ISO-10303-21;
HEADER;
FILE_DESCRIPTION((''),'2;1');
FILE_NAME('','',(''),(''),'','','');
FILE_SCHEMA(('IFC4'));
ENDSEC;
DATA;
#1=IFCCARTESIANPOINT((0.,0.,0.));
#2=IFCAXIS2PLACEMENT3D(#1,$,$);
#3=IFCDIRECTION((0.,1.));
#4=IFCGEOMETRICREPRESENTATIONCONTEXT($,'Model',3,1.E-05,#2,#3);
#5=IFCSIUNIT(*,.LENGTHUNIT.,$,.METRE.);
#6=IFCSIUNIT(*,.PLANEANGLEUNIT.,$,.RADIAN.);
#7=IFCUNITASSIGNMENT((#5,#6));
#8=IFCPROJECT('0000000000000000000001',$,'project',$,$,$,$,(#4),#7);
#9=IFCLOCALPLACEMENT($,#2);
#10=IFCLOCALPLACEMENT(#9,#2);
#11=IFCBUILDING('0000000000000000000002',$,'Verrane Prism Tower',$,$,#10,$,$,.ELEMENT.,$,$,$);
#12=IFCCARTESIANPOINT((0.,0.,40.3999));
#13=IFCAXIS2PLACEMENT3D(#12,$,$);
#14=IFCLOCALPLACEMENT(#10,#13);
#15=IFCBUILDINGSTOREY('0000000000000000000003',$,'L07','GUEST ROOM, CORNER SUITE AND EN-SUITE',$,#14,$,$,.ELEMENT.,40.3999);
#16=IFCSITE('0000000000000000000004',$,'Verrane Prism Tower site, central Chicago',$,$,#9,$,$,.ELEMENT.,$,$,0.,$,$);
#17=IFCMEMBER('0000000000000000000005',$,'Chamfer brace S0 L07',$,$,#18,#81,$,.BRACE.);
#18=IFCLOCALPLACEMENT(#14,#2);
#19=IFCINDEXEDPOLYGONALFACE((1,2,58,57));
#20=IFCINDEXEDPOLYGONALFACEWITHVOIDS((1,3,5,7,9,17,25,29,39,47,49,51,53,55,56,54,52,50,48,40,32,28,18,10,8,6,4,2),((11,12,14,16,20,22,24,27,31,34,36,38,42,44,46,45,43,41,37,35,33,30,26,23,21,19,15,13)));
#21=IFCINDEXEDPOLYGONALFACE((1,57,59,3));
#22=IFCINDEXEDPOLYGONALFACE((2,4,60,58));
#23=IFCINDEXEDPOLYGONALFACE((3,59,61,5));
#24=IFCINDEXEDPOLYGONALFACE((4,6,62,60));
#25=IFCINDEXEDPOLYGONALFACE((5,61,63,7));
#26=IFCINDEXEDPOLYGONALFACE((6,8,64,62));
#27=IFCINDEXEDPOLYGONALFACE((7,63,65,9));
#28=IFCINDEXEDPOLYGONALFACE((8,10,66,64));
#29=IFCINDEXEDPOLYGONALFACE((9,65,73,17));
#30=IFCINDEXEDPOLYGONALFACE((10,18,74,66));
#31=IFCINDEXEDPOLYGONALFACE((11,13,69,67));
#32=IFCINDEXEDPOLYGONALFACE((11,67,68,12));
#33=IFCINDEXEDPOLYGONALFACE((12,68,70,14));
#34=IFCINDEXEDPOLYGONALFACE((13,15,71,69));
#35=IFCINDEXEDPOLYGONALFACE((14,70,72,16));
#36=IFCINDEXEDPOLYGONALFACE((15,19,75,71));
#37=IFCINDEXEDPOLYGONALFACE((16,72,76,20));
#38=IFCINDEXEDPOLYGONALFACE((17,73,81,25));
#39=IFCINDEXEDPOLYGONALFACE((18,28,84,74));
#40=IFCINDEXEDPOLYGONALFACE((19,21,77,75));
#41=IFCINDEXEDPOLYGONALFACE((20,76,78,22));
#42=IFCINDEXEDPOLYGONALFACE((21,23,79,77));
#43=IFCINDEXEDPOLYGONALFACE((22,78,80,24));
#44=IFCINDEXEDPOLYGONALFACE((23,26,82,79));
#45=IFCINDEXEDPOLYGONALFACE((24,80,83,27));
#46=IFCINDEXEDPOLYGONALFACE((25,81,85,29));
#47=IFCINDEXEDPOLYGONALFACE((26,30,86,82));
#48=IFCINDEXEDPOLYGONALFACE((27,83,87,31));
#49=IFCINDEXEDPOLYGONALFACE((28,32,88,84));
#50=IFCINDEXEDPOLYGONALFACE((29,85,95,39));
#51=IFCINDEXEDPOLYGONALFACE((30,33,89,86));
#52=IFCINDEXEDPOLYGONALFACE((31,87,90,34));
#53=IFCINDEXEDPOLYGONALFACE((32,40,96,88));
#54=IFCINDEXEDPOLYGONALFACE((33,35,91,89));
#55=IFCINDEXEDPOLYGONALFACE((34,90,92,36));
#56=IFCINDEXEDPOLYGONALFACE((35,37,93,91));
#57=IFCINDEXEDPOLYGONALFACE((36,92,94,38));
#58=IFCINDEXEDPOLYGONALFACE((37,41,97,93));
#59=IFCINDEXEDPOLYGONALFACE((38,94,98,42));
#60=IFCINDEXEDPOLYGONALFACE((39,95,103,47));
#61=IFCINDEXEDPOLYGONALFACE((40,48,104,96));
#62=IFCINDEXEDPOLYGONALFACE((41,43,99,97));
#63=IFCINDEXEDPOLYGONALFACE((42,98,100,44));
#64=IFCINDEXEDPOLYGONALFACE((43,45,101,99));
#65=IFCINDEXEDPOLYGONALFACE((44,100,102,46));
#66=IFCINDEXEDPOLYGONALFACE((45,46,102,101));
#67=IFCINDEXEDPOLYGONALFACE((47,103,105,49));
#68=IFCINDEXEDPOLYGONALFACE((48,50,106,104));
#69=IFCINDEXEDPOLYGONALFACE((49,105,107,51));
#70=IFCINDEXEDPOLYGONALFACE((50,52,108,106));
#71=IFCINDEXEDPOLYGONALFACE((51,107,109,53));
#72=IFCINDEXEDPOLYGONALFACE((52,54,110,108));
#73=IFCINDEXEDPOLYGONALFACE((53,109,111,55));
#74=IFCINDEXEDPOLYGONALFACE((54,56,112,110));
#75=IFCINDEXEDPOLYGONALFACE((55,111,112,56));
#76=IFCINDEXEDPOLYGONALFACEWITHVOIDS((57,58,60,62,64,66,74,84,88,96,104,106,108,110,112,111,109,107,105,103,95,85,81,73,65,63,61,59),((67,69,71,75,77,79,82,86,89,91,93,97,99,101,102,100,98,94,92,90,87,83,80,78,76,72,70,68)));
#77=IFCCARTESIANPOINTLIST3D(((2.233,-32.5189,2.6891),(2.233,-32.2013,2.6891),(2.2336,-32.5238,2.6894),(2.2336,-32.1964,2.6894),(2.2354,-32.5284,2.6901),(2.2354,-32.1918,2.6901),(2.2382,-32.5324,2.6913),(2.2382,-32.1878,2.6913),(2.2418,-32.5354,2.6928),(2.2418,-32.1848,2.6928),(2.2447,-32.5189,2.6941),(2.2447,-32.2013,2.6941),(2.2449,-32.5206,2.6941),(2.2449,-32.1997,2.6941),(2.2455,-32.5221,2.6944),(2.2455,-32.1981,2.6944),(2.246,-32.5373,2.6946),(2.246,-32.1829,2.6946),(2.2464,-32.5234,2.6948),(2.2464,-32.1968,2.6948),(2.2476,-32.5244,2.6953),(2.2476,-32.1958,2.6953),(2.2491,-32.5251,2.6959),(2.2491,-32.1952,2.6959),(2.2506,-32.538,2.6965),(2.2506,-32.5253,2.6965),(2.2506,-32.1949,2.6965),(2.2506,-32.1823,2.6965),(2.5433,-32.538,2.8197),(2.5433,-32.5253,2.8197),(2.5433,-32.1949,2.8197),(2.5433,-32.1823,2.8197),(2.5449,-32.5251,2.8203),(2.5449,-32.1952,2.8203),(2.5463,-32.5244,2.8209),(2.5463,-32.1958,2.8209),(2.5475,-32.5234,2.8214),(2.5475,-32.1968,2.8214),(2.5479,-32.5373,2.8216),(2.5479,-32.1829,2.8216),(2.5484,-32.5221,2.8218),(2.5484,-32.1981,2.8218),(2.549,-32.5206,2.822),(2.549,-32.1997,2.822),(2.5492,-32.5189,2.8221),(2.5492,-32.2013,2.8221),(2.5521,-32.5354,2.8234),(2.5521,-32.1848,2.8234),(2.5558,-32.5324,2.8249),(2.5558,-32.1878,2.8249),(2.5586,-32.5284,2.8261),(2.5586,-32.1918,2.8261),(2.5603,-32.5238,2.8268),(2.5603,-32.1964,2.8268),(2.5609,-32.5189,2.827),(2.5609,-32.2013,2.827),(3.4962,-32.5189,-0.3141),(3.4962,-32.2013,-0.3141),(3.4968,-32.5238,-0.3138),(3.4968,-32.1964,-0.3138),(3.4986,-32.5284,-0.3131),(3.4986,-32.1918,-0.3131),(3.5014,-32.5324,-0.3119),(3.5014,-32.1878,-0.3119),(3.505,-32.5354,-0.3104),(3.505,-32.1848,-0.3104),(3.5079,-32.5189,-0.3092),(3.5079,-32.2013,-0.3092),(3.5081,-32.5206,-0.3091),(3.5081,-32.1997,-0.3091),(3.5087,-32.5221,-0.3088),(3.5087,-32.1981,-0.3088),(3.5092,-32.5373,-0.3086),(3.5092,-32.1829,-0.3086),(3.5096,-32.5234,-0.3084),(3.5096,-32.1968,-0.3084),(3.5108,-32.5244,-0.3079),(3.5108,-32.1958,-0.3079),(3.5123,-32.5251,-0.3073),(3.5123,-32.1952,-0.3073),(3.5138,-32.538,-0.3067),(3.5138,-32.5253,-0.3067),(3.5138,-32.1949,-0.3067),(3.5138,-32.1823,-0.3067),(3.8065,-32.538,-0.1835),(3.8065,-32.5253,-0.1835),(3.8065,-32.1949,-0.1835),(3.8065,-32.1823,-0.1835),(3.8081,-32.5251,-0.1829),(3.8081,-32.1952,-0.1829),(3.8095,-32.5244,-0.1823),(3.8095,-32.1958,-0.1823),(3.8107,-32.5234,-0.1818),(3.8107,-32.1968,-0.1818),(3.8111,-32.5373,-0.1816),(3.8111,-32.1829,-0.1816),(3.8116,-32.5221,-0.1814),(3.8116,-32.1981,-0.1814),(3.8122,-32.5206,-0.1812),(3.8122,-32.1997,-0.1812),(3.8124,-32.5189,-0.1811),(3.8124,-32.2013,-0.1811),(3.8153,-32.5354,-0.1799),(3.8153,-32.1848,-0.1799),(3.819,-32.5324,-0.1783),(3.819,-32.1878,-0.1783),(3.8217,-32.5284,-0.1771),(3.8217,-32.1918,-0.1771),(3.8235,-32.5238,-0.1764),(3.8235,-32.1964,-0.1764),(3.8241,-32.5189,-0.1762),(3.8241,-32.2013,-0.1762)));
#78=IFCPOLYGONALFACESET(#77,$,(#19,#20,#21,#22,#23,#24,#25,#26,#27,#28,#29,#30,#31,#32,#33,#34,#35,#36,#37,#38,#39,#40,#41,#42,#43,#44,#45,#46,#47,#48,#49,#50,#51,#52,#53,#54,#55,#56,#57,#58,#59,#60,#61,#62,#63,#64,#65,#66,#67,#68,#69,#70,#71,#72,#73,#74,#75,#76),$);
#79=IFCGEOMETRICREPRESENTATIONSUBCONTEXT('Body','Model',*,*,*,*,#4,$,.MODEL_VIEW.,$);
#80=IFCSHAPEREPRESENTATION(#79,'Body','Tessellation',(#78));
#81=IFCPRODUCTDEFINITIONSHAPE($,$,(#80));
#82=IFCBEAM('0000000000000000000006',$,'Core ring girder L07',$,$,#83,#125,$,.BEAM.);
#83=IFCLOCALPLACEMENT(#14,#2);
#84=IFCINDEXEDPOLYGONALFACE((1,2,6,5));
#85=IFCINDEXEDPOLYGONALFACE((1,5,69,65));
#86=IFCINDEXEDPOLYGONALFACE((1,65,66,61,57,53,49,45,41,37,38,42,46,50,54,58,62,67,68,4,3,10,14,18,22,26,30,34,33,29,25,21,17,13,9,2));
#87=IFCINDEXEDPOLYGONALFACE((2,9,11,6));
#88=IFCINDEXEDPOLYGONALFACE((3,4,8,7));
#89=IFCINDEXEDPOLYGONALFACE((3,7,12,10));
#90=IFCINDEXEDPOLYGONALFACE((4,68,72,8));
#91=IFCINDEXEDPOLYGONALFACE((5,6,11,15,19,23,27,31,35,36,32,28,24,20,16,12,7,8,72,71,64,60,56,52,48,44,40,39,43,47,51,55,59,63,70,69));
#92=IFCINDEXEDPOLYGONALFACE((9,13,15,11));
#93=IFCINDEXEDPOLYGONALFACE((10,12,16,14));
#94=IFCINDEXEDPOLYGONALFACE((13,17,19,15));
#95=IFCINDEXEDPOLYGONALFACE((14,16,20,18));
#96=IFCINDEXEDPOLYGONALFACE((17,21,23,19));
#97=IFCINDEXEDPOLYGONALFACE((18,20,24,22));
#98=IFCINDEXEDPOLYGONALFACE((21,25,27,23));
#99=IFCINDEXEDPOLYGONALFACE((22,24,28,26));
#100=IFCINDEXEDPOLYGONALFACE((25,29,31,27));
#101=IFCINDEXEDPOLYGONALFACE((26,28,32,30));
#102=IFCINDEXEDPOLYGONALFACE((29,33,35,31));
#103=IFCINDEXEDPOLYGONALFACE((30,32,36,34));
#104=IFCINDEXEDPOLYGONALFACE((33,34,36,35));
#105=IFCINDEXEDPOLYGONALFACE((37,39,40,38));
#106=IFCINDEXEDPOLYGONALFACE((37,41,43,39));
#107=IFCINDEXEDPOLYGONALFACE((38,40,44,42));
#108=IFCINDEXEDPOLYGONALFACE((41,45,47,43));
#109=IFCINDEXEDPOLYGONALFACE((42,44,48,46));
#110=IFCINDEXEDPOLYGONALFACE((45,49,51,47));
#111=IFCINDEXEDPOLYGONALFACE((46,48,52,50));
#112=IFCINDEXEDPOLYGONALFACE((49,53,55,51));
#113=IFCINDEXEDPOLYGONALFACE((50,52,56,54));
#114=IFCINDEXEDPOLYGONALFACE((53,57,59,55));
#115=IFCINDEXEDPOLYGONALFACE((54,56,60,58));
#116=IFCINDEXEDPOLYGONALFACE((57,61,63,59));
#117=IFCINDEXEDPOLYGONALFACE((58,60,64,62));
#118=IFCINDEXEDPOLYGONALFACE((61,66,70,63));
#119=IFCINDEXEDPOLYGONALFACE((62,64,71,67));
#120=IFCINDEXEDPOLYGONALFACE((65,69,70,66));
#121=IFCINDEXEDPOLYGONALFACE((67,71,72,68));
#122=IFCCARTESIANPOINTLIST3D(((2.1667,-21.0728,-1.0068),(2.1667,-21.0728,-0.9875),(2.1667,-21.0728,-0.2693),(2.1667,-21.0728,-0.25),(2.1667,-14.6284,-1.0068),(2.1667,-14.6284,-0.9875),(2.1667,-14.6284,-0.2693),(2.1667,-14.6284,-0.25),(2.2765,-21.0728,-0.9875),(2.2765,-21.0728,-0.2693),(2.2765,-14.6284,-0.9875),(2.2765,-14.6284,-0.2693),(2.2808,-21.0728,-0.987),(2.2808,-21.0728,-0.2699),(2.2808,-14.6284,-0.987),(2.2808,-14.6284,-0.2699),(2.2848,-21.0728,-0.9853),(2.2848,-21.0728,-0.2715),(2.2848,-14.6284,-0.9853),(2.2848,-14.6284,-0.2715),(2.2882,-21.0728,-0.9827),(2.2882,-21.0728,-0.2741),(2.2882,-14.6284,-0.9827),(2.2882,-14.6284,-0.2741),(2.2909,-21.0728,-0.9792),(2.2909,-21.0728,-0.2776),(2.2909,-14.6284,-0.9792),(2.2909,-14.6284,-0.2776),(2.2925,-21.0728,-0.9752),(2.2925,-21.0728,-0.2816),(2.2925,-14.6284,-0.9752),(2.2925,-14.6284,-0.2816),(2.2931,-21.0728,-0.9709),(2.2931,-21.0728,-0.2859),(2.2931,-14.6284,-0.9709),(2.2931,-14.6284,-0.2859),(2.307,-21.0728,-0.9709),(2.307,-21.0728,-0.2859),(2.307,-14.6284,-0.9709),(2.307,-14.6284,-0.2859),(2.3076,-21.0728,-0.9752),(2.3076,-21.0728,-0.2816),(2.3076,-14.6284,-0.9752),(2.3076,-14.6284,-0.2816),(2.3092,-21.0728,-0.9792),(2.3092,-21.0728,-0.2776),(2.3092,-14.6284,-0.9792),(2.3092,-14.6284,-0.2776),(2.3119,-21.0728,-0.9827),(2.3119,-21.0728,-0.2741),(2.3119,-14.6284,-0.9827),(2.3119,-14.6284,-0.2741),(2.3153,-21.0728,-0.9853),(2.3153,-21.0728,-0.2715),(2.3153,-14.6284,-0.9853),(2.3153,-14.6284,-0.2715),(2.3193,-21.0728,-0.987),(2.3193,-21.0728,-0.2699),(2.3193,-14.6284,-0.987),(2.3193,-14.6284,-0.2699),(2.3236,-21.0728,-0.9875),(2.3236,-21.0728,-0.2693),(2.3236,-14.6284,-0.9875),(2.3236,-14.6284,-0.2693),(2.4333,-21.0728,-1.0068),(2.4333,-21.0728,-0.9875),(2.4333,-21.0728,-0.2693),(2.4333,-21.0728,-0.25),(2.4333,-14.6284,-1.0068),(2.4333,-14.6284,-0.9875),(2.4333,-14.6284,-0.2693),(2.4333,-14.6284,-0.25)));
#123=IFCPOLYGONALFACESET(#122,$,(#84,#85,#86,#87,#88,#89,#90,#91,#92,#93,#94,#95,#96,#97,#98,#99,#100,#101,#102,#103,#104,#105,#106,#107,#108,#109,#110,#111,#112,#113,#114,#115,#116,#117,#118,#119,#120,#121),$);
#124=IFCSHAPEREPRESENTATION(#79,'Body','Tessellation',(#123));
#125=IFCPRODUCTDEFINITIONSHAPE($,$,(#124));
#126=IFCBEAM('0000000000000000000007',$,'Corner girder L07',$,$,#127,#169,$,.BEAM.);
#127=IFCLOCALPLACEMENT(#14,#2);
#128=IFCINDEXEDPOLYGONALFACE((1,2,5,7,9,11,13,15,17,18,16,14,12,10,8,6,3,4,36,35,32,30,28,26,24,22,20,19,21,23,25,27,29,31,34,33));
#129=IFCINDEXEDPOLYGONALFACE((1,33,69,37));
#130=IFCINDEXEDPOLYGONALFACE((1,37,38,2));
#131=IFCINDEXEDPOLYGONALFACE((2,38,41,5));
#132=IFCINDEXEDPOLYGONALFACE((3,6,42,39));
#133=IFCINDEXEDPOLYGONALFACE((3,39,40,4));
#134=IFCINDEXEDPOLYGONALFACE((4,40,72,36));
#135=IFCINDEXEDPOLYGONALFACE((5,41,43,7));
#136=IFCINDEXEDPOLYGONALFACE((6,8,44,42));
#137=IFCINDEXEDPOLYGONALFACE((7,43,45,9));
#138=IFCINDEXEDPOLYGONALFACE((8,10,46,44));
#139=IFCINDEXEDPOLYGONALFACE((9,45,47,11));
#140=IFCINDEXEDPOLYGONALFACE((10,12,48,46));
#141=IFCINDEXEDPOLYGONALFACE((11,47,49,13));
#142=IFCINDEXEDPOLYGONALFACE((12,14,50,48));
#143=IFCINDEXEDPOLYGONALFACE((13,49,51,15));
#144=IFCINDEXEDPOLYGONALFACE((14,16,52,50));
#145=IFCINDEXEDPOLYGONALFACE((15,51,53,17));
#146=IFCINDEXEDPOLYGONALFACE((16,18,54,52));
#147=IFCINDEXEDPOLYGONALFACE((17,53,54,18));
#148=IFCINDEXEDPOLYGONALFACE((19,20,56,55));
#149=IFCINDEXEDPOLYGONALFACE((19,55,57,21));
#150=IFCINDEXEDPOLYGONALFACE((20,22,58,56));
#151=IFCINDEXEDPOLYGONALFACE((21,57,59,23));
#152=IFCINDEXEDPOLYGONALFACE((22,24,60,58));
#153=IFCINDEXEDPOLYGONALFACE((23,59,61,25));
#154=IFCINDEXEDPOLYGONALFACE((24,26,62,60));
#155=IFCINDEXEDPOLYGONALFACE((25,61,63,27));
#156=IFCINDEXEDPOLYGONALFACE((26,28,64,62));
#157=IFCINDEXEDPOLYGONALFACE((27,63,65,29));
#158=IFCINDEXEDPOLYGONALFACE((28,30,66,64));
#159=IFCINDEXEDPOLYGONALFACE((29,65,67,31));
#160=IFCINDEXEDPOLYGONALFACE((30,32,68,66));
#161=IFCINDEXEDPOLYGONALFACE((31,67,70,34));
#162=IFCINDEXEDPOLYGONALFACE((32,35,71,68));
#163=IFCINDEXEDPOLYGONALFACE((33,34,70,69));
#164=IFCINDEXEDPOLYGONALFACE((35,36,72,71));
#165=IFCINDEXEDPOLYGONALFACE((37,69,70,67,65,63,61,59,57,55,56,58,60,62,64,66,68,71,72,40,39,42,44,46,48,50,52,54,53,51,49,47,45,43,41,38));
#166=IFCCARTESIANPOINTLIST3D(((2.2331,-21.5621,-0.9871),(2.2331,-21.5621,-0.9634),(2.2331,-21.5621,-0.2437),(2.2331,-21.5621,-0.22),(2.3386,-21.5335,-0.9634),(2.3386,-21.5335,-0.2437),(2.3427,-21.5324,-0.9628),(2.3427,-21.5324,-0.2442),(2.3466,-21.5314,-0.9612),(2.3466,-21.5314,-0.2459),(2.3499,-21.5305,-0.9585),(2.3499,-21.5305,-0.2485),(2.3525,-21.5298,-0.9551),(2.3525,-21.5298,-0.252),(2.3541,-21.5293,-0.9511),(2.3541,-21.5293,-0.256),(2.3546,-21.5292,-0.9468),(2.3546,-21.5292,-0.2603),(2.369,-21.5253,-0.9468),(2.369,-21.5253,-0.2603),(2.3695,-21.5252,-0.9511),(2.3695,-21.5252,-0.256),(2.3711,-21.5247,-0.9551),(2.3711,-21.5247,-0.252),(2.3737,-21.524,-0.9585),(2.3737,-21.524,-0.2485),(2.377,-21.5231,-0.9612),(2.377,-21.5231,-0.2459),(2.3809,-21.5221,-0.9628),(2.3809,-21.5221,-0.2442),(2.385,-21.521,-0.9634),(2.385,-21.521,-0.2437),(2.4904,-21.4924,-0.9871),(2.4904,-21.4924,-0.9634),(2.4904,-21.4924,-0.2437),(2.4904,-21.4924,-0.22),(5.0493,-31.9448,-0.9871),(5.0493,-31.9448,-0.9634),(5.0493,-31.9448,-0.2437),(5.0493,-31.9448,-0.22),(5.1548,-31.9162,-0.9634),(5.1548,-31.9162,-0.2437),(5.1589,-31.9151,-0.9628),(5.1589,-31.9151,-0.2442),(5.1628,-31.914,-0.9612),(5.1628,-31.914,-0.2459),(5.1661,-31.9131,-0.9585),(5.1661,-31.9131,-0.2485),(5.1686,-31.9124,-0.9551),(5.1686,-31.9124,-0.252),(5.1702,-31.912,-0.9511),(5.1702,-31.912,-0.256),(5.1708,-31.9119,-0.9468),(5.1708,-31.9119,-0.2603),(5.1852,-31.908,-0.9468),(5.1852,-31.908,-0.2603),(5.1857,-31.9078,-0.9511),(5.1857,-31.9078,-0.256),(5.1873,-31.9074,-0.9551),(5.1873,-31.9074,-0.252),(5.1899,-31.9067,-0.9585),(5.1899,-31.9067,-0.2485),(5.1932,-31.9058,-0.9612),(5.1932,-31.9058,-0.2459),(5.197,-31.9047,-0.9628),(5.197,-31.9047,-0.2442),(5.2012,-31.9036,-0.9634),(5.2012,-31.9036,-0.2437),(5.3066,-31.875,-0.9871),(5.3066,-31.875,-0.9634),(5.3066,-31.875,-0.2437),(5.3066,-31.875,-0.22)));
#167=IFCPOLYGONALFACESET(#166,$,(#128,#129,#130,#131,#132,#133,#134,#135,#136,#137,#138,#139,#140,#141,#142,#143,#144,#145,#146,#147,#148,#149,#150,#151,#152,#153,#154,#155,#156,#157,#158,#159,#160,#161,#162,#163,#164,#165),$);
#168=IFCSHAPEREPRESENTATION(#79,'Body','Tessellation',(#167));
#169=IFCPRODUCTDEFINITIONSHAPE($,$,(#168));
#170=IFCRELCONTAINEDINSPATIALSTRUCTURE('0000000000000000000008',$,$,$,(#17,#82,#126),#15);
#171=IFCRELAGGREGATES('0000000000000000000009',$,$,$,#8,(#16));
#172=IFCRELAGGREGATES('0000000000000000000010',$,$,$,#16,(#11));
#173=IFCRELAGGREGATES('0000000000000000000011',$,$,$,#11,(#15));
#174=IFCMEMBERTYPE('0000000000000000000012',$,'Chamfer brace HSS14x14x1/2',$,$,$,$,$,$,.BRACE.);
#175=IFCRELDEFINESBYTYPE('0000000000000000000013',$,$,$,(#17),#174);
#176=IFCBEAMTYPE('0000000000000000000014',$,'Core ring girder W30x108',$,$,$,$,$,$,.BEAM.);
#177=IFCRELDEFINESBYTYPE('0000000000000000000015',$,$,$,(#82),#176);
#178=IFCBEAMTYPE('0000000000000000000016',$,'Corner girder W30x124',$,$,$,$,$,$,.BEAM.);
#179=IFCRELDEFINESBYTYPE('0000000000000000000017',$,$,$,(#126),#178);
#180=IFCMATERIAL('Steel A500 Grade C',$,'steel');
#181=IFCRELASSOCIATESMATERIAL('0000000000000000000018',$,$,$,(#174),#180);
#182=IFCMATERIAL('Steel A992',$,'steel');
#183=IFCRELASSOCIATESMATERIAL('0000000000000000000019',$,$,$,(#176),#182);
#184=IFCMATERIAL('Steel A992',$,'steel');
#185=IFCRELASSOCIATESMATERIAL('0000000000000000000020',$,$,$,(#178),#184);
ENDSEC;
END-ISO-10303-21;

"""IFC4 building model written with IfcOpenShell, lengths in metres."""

from ifc_helpers import new_model, si_unit, direction, frame, origin, origin_2d, place, context, subcontext, project, spatial, hollow_rectangle, i_section, extrude, material, material_profile, profile_set, type_object, element, save


model = new_model("IFC4")

# Units and contexts
model_context = context("Model", 3, precision=1e-05, world=origin(), true_north=direction((0.0, 1.0)))
body_context = subcontext(model_context, "Body", "Model", "MODEL_VIEW")
ifc_project = project(units=[si_unit("LENGTHUNIT", "METRE"), si_unit("PLANEANGLEUNIT", "RADIAN")], contexts=[model_context])

# Site, building, storey
site_placement = place(None, origin())
site = spatial("IfcSite", under=ifc_project, at=site_placement, Name="Verrane Prism Tower site, central Chicago", CompositionType="ELEMENT", RefElevation=0.0)
building_placement = place(site_placement, origin())
building = spatial("IfcBuilding", under=site, at=building_placement, Name="Verrane Prism Tower", CompositionType="ELEMENT")
storey_placement = place(building_placement, frame((0.0, 0.0, 40.3999)))
storey = spatial("IfcBuildingStorey", under=building, at=storey_placement, Name="L07", Description="GUEST ROOM, CORNER SUITE AND EN-SUITE", CompositionType="ELEMENT", Elevation=40.3999)

# Member
ifc_material_1 = material(Name="Steel A500 Grade C", Category="steel")
ifc_material_profile_1 = material_profile(ifc_material_1, hollow_rectangle(XDim=0.3557, YDim=0.3557, WallThickness=0.0127, InnerFilletRadius=0.0063, OuterFilletRadius=0.019, at=origin_2d()), Name="HSS14x14x1/2")
ifc_profile_set_1 = profile_set([ifc_material_profile_1], Name="Steel A500 Grade C")
member_type_1 = type_object("IfcMemberType", Name="Chamfer brace HSS14x14x1/2", PredefinedType="BRACE", material=ifc_profile_set_1)
member_1_placement = place(storey_placement, frame((3.6602, -32.3601, -0.2451), z_axis=(-0.387715, 0.0, 0.921779), x_axis=(0.0, -1.0, 0.0)))
element("IfcMember", 1, at=member_1_placement, inside=storey, type_object=member_type_1, Name="Chamfer brace S0 L07", PredefinedType="BRACE", context=body_context, shape_type="SweptSolid", body=[
    extrude(hollow_rectangle(XDim=0.3557, YDim=0.3557, WallThickness=0.0127, InnerFilletRadius=0.0063, OuterFilletRadius=0.019, at=origin_2d()), origin(), (0.0, 0.0, 1.0), 3.2581),
])

# Beams
ifc_material_2 = material(Name="Steel A992", Category="steel")
ifc_material_profile_2 = material_profile(ifc_material_2, i_section(OverallWidth=0.2666, OverallDepth=0.7568, WebThickness=0.0139, FlangeThickness=0.0193, FilletRadius=0.0166, at=origin_2d()), Name="W30x108")
ifc_profile_set_2 = profile_set([ifc_material_profile_2], Name="Steel A992")
beam_type_1 = type_object("IfcBeamType", Name="Core ring girder W30x108", PredefinedType="BEAM", material=ifc_profile_set_2)
beam_1_placement = place(storey_placement, frame((2.3, -21.0728, -0.6284), z_axis=(0.0, 1.0, 0.0), x_axis=(-1.0, 0.0, 0.0)))
element("IfcBeam", 2, at=beam_1_placement, inside=storey, type_object=beam_type_1, Name="Core ring girder L07", PredefinedType="BEAM", context=body_context, shape_type="SweptSolid", body=[
    extrude(i_section(OverallWidth=0.2666, OverallDepth=0.7568, WebThickness=0.0139, FlangeThickness=0.0193, FilletRadius=0.0166, at=origin_2d()), origin(), (0.0, 0.0, 1.0), 6.4443),
])
ifc_material_3 = material(Name="Steel A992", Category="steel")
ifc_material_profile_3 = material_profile(ifc_material_3, i_section(OverallWidth=0.2666, OverallDepth=0.7671, WebThickness=0.0149, FlangeThickness=0.0237, FilletRadius=0.0166, at=origin_2d()), Name="W30x124")
ifc_profile_set_3 = profile_set([ifc_material_profile_3], Name="Steel A992")
beam_type_2 = type_object("IfcBeamType", Name="Corner girder W30x124", PredefinedType="BEAM", material=ifc_profile_set_3)
beam_2_placement = place(storey_placement, frame((5.178, -31.9099, -0.6035), z_axis=(-0.261781, 0.965127, 0.0), x_axis=(-0.965127, -0.261781, 0.0)))
element("IfcBeam", 3, at=beam_2_placement, inside=storey, type_object=beam_type_2, Name="Corner girder L07", PredefinedType="BEAM", context=body_context, shape_type="SweptSolid", body=[
    extrude(i_section(OverallWidth=0.2666, OverallDepth=0.7671, WebThickness=0.0149, FlangeThickness=0.0237, FilletRadius=0.0166, at=origin_2d()), origin(), (0.0, 0.0, 1.0), 10.7578),
])

save(model, "model.ifc")
